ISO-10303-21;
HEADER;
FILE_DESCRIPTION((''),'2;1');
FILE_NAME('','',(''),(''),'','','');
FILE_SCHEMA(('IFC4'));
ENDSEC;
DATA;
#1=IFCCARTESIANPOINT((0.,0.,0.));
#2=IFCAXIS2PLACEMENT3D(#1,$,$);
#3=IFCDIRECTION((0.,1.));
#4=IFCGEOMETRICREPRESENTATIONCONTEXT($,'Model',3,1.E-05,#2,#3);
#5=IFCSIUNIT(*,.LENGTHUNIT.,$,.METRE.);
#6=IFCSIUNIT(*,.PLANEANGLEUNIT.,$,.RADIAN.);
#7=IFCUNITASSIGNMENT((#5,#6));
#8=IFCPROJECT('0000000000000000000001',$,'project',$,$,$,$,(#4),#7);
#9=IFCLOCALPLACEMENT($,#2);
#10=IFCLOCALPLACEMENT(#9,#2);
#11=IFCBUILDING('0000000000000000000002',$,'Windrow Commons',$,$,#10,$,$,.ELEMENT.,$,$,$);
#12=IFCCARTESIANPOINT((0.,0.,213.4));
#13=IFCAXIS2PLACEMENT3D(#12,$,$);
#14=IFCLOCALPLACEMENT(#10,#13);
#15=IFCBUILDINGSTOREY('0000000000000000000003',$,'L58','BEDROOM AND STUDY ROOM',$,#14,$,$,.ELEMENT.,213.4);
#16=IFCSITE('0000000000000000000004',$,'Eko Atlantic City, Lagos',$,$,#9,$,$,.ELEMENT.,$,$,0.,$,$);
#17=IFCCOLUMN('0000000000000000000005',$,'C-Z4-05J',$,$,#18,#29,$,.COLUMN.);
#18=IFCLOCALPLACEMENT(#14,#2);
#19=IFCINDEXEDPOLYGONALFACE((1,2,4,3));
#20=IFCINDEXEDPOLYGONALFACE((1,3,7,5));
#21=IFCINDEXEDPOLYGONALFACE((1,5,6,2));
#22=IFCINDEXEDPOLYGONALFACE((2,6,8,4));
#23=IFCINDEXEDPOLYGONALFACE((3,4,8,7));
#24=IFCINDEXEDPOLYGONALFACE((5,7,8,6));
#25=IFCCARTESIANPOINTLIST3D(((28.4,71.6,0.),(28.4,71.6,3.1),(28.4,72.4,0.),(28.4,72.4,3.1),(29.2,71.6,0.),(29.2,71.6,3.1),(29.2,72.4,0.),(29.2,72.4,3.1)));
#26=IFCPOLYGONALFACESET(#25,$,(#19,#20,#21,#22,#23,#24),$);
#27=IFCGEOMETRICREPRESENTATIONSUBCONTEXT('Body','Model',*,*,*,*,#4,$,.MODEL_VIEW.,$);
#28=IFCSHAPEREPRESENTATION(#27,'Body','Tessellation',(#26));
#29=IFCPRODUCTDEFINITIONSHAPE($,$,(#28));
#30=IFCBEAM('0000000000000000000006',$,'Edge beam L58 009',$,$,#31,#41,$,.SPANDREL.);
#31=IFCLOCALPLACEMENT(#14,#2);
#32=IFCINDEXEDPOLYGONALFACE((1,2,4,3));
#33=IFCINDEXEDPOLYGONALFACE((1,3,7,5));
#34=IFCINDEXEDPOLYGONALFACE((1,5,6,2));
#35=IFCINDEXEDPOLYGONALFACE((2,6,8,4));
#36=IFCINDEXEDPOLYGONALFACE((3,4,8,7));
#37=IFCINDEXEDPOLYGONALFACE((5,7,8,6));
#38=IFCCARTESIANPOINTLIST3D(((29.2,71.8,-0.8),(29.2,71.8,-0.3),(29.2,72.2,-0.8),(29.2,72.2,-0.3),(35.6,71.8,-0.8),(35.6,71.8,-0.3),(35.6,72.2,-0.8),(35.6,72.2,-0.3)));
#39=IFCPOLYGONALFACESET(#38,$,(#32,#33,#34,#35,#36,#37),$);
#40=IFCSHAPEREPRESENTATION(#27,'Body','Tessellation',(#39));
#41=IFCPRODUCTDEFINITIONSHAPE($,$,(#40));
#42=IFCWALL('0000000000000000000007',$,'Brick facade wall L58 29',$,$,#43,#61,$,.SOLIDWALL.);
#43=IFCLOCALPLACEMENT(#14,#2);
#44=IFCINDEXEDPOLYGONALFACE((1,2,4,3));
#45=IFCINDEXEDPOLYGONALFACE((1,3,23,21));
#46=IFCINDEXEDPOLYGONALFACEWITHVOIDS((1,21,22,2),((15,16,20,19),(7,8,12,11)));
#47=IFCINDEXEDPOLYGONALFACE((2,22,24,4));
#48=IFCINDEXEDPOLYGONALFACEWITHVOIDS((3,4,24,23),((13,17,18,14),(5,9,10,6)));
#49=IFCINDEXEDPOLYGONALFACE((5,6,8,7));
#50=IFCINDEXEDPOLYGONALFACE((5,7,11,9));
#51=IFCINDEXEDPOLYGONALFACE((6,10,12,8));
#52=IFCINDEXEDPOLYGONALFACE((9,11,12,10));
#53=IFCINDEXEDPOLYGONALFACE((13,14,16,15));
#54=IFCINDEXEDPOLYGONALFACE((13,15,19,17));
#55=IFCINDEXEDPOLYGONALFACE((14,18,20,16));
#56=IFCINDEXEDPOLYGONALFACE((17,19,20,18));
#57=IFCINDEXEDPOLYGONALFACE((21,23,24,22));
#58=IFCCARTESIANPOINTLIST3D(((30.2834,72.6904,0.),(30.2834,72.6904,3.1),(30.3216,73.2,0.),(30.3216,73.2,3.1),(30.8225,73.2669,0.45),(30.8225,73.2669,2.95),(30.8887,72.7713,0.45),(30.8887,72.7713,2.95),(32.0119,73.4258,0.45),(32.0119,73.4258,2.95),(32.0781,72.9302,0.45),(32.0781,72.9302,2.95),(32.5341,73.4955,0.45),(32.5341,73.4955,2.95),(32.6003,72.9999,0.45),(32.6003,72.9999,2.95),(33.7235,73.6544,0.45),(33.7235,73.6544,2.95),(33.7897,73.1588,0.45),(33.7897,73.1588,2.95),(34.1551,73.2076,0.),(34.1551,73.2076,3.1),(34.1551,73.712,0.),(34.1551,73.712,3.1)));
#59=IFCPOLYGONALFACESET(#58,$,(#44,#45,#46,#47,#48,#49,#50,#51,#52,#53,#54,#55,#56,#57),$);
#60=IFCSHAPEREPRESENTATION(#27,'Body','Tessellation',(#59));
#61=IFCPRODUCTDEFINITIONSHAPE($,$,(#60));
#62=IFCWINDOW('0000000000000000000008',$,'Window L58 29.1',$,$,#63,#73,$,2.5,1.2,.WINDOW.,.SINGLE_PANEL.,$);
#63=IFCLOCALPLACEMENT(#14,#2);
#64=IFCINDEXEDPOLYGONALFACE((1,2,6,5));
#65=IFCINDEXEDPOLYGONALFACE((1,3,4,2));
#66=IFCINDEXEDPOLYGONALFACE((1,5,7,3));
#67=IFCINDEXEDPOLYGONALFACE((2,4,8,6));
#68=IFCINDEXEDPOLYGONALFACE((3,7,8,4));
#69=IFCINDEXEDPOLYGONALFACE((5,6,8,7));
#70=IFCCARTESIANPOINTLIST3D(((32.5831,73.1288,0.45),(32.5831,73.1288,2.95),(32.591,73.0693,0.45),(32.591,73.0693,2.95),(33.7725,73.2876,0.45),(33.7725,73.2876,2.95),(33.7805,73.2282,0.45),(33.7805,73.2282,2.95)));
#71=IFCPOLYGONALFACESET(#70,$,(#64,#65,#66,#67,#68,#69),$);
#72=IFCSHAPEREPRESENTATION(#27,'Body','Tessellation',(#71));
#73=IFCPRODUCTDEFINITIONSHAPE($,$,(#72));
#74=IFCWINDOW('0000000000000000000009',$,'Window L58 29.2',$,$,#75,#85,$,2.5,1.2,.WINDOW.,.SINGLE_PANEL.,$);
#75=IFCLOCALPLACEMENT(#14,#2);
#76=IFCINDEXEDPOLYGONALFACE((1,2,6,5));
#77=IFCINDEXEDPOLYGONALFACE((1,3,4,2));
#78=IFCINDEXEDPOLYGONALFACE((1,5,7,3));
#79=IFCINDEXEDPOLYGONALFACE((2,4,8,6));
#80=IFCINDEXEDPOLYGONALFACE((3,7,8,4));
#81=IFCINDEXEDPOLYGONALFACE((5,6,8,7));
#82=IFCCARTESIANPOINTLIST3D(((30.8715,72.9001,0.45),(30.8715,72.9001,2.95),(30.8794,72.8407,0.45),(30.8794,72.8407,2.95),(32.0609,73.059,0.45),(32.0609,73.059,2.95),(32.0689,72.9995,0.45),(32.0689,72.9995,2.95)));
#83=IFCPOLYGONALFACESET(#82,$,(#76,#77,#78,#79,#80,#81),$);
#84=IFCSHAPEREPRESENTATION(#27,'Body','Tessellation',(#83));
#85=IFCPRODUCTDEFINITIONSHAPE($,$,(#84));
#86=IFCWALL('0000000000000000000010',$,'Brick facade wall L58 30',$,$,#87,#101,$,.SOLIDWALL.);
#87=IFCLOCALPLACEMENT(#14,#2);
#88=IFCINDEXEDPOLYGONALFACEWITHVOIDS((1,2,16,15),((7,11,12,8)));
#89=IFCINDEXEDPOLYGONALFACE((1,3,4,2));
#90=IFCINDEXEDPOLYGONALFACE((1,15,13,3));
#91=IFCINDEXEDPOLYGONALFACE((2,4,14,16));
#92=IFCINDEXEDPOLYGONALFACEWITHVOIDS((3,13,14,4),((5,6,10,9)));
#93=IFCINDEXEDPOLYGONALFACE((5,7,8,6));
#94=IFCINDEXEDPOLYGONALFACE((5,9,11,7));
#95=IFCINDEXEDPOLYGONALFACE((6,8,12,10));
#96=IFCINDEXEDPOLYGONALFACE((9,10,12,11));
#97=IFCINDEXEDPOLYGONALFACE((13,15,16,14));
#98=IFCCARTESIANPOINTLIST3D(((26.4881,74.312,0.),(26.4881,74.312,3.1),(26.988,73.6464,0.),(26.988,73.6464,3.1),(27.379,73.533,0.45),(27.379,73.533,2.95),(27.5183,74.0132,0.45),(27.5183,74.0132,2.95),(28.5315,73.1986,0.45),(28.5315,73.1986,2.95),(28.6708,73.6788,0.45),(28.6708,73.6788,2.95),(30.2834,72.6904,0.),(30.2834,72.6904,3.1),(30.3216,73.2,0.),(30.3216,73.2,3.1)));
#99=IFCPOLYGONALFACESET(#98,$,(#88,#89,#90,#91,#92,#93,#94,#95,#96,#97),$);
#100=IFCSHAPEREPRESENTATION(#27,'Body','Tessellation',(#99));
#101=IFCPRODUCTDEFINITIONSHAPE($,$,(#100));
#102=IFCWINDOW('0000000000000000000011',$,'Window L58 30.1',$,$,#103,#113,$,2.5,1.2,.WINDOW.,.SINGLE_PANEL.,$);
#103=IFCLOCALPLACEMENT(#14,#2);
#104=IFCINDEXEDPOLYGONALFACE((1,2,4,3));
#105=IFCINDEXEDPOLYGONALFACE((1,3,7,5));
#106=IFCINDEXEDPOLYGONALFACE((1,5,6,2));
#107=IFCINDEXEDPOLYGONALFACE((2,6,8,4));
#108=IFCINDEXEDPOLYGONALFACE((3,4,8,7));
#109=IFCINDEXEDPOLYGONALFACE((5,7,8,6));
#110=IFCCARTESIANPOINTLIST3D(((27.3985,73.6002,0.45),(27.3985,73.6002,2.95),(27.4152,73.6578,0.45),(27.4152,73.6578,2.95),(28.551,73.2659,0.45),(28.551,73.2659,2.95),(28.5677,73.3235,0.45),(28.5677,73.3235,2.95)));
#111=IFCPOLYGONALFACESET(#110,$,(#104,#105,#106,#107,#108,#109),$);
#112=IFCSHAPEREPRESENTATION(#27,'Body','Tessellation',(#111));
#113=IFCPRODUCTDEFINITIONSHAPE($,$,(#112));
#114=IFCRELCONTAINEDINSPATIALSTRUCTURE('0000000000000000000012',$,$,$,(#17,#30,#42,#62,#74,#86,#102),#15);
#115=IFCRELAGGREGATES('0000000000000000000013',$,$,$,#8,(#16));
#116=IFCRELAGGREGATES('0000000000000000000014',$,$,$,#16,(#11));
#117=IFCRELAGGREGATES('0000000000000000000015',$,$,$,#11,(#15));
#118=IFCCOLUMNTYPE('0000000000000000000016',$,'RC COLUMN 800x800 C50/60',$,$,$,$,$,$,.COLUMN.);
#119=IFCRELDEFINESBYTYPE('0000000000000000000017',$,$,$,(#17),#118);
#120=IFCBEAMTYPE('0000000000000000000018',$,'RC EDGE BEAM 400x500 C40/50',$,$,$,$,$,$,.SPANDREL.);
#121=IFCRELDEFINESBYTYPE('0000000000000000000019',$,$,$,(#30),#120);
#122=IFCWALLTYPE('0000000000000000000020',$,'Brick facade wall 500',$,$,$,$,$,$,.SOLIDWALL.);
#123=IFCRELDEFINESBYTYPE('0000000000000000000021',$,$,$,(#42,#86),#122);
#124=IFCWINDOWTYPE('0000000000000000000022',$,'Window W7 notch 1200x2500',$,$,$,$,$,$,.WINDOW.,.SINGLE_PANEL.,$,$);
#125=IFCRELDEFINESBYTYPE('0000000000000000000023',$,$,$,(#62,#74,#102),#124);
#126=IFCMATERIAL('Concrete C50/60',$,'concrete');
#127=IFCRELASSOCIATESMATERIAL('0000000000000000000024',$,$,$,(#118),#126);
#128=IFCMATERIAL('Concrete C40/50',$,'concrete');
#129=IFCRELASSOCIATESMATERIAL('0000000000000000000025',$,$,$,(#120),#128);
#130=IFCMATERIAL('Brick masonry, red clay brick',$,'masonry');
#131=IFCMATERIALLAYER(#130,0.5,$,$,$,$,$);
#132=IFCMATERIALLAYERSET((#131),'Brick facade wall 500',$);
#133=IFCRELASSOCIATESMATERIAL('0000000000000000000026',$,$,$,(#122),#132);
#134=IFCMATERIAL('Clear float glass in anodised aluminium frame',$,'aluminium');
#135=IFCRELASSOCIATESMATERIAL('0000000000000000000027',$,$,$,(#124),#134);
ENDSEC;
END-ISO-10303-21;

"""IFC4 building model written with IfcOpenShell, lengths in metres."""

from ifc_helpers import new_model, si_unit, direction, frame, frame_2d, origin, origin_2d, place, context, subcontext, project, spatial, polyline, rectangle, outline, extrude, material, layer, layer_set, material_profile, profile_set, type_object, element, fill, save


model = new_model("IFC4")

# Units and contexts
model_context = context("Model", 3, precision=1e-05, world=origin(), true_north=direction((0.0, 1.0)))
body_context = subcontext(model_context, "Body", "Model", "MODEL_VIEW")
ifc_project = project(units=[si_unit("LENGTHUNIT", "METRE"), si_unit("PLANEANGLEUNIT", "RADIAN")], contexts=[model_context])

# Site, building, storey
site_placement = place(None, origin())
site = spatial("IfcSite", under=ifc_project, at=site_placement, Name="Eko Atlantic City, Lagos", CompositionType="ELEMENT", RefElevation=0.0)
building_placement = place(site_placement, origin())
building = spatial("IfcBuilding", under=site, at=building_placement, Name="Windrow Commons", CompositionType="ELEMENT")
storey_placement = place(building_placement, frame((0.0, 0.0, 213.4)))
storey = spatial("IfcBuildingStorey", under=building, at=storey_placement, Name="L58", Description="BEDROOM AND STUDY ROOM", CompositionType="ELEMENT", Elevation=213.4)

# Column
ifc_material_1 = material(Name="Concrete C50/60", Category="concrete")
ifc_material_profile_1 = material_profile(ifc_material_1, rectangle(XDim=0.8, YDim=0.8, at=origin_2d()))
ifc_profile_set_1 = profile_set([ifc_material_profile_1], Name="Concrete C50/60")
column_type = type_object("IfcColumnType", Name="RC COLUMN 800x800 C50/60", PredefinedType="COLUMN", material=ifc_profile_set_1)
column_placement = place(storey_placement, frame((28.8, 72.0, 0.0), z_axis=(0.0, 0.0, 1.0), x_axis=(1.0, 0.0, 0.0)))
element("IfcColumn", 1, at=column_placement, inside=storey, type_object=column_type, Name="C-Z4-05J", PredefinedType="COLUMN", context=body_context, shape_type="SweptSolid", body=[
    extrude(rectangle(XDim=0.8, YDim=0.8, at=origin_2d()), origin(), (0.0, 0.0, 1.0), 3.1),
])

# Beam
ifc_material_2 = material(Name="Concrete C40/50", Category="concrete")
ifc_material_profile_2 = material_profile(ifc_material_2, rectangle(XDim=0.4, YDim=0.5, at=origin_2d()))
ifc_profile_set_2 = profile_set([ifc_material_profile_2], Name="Concrete C40/50")
beam_type = type_object("IfcBeamType", Name="RC EDGE BEAM 400x500 C40/50", PredefinedType="SPANDREL", material=ifc_profile_set_2)
beam_placement = place(storey_placement, frame((29.2, 72.0, -0.55), z_axis=(1.0, 0.0, 0.0), x_axis=(0.0, 1.0, 0.0)))
element("IfcBeam", 2, at=beam_placement, inside=storey, type_object=beam_type, Name="Edge beam L58 009", PredefinedType="SPANDREL", context=body_context, shape_type="SweptSolid", body=[
    extrude(rectangle(XDim=0.4, YDim=0.5, at=origin_2d()), origin(), (0.0, 0.0, 1.0), 6.4),
])

# Wall, openings, windows
ifc_material_3 = material(Name="Brick masonry, red clay brick", Category="masonry")
ifc_layer_1 = layer(ifc_material_3, 0.5)
ifc_layer_set_1 = layer_set([ifc_layer_1], Name="Brick facade wall 500")
wall_type_1 = type_object("IfcWallType", Name="Brick facade wall 500", PredefinedType="SOLIDWALL", material=ifc_layer_set_1)
wall_1_placement = place(storey_placement, frame((34.1551, 73.4598, 0.0), z_axis=(0.0, 0.0, 1.0), x_axis=(-0.991197, -0.132396, 0.0)))
wall_1 = element("IfcWall", 3, at=wall_1_placement, inside=storey, type_object=wall_type_1, Name="Brick facade wall L58 29", PredefinedType="SOLIDWALL", context=body_context, shape_type="SweptSolid", body=[
    extrude(outline(polyline([(-0.0334, -0.25), (3.8342, -0.25), (3.9395, 0.25), (0.0334, 0.25), (-0.0334, -0.25)])), origin(), (0.0, 0.0, 1.0), 3.1),
])
opening_1_placement = place(wall_1_placement, frame((0.402, 0.0, 0.45)))
opening_1 = element("IfcOpeningElement", 4, at=opening_1_placement, cuts=wall_1, PredefinedType="OPENING", context=body_context, shape_type="SweptSolid", body=[
    extrude(rectangle(XDim=1.2, YDim=2.5, at=frame_2d((0.6, 1.25))), frame((0.0, 0.26, 0.0), z_axis=(0.0, -1.0, 0.0), x_axis=(1.0, 0.0, 0.0)), (0.0, 0.0, 1.0), 0.52),
])
opening_2_placement = place(wall_1_placement, frame((2.1288, 0.0, 0.45)))
opening_2 = element("IfcOpeningElement", 5, at=opening_2_placement, cuts=wall_1, PredefinedType="OPENING", context=body_context, shape_type="SweptSolid", body=[
    extrude(rectangle(XDim=1.2, YDim=2.5, at=frame_2d((0.6, 1.25))), frame((0.0, 0.26, 0.0), z_axis=(0.0, -1.0, 0.0), x_axis=(1.0, 0.0, 0.0)), (0.0, 0.0, 1.0), 0.52),
])
ifc_material_4 = material(Name="Clear float glass in anodised aluminium frame", Category="aluminium")
window_type_1 = type_object("IfcWindowType", Name="Window W7 notch 1200x2500", PartitioningType="SINGLE_PANEL", PredefinedType="WINDOW", material=ifc_material_4)
window_1_placement = place(opening_1_placement, origin())
window_1 = element("IfcWindow", 6, at=window_1_placement, inside=storey, type_object=window_type_1, Name="Window L58 29.1", OverallHeight=2.5, OverallWidth=1.2, PartitioningType="SINGLE_PANEL", PredefinedType="WINDOW", context=body_context, shape_type="SweptSolid", body=[
    extrude(rectangle(XDim=1.2, YDim=2.5, at=frame_2d((0.6, 1.25))), frame((0.0, 0.18, 0.0), z_axis=(0.0, -1.0, 0.0), x_axis=(1.0, 0.0, 0.0)), (0.0, 0.0, 1.0), 0.06),
])
fill(opening_1, window_1)
window_2_placement = place(opening_2_placement, origin())
window_2 = element("IfcWindow", 7, at=window_2_placement, inside=storey, type_object=window_type_1, Name="Window L58 29.2", OverallHeight=2.5, OverallWidth=1.2, PartitioningType="SINGLE_PANEL", PredefinedType="WINDOW", context=body_context, shape_type="SweptSolid", body=[
    extrude(rectangle(XDim=1.2, YDim=2.5, at=frame_2d((0.6, 1.25))), frame((0.0, 0.18, 0.0), z_axis=(0.0, -1.0, 0.0), x_axis=(1.0, 0.0, 0.0)), (0.0, 0.0, 1.0), 0.06),
])
fill(opening_2, window_2)

# Wall, opening, window
wall_2_placement = place(storey_placement, frame((30.3025, 72.9452, 0.0), z_axis=(0.0, 0.0, 1.0), x_axis=(-0.960408, 0.278598, 0.0)))
wall_2 = element("IfcWall", 8, at=wall_2_placement, inside=storey, type_object=wall_type_1, Name="Brick facade wall L58 30", PredefinedType="SOLIDWALL", context=body_context, shape_type="SweptSolid", body=[
    extrude(outline(polyline([(0.0526, -0.25), (4.0442, -0.25), (3.3786, 0.25), (-0.0526, 0.25), (0.0526, -0.25)])), origin(), (0.0, 0.0, 1.0), 3.1),
])
opening_3_placement = place(wall_2_placement, frame((1.7715, 0.0, 0.45)))
opening_3 = element("IfcOpeningElement", 9, at=opening_3_placement, cuts=wall_2, PredefinedType="OPENING", context=body_context, shape_type="SweptSolid", body=[
    extrude(rectangle(XDim=1.2, YDim=2.5, at=frame_2d((0.6, 1.25))), frame((0.0, 0.26, 0.0), z_axis=(0.0, -1.0, 0.0), x_axis=(1.0, 0.0, 0.0)), (0.0, 0.0, 1.0), 0.52),
])
window_3_placement = place(opening_3_placement, origin())
window_3 = element("IfcWindow", 10, at=window_3_placement, inside=storey, type_object=window_type_1, Name="Window L58 30.1", OverallHeight=2.5, OverallWidth=1.2, PartitioningType="SINGLE_PANEL", PredefinedType="WINDOW", context=body_context, shape_type="SweptSolid", body=[
    extrude(rectangle(XDim=1.2, YDim=2.5, at=frame_2d((0.6, 1.25))), frame((0.0, 0.18, 0.0), z_axis=(0.0, -1.0, 0.0), x_axis=(1.0, 0.0, 0.0)), (0.0, 0.0, 1.0), 0.06),
])
fill(opening_3, window_3)

save(model, "model.ifc")
